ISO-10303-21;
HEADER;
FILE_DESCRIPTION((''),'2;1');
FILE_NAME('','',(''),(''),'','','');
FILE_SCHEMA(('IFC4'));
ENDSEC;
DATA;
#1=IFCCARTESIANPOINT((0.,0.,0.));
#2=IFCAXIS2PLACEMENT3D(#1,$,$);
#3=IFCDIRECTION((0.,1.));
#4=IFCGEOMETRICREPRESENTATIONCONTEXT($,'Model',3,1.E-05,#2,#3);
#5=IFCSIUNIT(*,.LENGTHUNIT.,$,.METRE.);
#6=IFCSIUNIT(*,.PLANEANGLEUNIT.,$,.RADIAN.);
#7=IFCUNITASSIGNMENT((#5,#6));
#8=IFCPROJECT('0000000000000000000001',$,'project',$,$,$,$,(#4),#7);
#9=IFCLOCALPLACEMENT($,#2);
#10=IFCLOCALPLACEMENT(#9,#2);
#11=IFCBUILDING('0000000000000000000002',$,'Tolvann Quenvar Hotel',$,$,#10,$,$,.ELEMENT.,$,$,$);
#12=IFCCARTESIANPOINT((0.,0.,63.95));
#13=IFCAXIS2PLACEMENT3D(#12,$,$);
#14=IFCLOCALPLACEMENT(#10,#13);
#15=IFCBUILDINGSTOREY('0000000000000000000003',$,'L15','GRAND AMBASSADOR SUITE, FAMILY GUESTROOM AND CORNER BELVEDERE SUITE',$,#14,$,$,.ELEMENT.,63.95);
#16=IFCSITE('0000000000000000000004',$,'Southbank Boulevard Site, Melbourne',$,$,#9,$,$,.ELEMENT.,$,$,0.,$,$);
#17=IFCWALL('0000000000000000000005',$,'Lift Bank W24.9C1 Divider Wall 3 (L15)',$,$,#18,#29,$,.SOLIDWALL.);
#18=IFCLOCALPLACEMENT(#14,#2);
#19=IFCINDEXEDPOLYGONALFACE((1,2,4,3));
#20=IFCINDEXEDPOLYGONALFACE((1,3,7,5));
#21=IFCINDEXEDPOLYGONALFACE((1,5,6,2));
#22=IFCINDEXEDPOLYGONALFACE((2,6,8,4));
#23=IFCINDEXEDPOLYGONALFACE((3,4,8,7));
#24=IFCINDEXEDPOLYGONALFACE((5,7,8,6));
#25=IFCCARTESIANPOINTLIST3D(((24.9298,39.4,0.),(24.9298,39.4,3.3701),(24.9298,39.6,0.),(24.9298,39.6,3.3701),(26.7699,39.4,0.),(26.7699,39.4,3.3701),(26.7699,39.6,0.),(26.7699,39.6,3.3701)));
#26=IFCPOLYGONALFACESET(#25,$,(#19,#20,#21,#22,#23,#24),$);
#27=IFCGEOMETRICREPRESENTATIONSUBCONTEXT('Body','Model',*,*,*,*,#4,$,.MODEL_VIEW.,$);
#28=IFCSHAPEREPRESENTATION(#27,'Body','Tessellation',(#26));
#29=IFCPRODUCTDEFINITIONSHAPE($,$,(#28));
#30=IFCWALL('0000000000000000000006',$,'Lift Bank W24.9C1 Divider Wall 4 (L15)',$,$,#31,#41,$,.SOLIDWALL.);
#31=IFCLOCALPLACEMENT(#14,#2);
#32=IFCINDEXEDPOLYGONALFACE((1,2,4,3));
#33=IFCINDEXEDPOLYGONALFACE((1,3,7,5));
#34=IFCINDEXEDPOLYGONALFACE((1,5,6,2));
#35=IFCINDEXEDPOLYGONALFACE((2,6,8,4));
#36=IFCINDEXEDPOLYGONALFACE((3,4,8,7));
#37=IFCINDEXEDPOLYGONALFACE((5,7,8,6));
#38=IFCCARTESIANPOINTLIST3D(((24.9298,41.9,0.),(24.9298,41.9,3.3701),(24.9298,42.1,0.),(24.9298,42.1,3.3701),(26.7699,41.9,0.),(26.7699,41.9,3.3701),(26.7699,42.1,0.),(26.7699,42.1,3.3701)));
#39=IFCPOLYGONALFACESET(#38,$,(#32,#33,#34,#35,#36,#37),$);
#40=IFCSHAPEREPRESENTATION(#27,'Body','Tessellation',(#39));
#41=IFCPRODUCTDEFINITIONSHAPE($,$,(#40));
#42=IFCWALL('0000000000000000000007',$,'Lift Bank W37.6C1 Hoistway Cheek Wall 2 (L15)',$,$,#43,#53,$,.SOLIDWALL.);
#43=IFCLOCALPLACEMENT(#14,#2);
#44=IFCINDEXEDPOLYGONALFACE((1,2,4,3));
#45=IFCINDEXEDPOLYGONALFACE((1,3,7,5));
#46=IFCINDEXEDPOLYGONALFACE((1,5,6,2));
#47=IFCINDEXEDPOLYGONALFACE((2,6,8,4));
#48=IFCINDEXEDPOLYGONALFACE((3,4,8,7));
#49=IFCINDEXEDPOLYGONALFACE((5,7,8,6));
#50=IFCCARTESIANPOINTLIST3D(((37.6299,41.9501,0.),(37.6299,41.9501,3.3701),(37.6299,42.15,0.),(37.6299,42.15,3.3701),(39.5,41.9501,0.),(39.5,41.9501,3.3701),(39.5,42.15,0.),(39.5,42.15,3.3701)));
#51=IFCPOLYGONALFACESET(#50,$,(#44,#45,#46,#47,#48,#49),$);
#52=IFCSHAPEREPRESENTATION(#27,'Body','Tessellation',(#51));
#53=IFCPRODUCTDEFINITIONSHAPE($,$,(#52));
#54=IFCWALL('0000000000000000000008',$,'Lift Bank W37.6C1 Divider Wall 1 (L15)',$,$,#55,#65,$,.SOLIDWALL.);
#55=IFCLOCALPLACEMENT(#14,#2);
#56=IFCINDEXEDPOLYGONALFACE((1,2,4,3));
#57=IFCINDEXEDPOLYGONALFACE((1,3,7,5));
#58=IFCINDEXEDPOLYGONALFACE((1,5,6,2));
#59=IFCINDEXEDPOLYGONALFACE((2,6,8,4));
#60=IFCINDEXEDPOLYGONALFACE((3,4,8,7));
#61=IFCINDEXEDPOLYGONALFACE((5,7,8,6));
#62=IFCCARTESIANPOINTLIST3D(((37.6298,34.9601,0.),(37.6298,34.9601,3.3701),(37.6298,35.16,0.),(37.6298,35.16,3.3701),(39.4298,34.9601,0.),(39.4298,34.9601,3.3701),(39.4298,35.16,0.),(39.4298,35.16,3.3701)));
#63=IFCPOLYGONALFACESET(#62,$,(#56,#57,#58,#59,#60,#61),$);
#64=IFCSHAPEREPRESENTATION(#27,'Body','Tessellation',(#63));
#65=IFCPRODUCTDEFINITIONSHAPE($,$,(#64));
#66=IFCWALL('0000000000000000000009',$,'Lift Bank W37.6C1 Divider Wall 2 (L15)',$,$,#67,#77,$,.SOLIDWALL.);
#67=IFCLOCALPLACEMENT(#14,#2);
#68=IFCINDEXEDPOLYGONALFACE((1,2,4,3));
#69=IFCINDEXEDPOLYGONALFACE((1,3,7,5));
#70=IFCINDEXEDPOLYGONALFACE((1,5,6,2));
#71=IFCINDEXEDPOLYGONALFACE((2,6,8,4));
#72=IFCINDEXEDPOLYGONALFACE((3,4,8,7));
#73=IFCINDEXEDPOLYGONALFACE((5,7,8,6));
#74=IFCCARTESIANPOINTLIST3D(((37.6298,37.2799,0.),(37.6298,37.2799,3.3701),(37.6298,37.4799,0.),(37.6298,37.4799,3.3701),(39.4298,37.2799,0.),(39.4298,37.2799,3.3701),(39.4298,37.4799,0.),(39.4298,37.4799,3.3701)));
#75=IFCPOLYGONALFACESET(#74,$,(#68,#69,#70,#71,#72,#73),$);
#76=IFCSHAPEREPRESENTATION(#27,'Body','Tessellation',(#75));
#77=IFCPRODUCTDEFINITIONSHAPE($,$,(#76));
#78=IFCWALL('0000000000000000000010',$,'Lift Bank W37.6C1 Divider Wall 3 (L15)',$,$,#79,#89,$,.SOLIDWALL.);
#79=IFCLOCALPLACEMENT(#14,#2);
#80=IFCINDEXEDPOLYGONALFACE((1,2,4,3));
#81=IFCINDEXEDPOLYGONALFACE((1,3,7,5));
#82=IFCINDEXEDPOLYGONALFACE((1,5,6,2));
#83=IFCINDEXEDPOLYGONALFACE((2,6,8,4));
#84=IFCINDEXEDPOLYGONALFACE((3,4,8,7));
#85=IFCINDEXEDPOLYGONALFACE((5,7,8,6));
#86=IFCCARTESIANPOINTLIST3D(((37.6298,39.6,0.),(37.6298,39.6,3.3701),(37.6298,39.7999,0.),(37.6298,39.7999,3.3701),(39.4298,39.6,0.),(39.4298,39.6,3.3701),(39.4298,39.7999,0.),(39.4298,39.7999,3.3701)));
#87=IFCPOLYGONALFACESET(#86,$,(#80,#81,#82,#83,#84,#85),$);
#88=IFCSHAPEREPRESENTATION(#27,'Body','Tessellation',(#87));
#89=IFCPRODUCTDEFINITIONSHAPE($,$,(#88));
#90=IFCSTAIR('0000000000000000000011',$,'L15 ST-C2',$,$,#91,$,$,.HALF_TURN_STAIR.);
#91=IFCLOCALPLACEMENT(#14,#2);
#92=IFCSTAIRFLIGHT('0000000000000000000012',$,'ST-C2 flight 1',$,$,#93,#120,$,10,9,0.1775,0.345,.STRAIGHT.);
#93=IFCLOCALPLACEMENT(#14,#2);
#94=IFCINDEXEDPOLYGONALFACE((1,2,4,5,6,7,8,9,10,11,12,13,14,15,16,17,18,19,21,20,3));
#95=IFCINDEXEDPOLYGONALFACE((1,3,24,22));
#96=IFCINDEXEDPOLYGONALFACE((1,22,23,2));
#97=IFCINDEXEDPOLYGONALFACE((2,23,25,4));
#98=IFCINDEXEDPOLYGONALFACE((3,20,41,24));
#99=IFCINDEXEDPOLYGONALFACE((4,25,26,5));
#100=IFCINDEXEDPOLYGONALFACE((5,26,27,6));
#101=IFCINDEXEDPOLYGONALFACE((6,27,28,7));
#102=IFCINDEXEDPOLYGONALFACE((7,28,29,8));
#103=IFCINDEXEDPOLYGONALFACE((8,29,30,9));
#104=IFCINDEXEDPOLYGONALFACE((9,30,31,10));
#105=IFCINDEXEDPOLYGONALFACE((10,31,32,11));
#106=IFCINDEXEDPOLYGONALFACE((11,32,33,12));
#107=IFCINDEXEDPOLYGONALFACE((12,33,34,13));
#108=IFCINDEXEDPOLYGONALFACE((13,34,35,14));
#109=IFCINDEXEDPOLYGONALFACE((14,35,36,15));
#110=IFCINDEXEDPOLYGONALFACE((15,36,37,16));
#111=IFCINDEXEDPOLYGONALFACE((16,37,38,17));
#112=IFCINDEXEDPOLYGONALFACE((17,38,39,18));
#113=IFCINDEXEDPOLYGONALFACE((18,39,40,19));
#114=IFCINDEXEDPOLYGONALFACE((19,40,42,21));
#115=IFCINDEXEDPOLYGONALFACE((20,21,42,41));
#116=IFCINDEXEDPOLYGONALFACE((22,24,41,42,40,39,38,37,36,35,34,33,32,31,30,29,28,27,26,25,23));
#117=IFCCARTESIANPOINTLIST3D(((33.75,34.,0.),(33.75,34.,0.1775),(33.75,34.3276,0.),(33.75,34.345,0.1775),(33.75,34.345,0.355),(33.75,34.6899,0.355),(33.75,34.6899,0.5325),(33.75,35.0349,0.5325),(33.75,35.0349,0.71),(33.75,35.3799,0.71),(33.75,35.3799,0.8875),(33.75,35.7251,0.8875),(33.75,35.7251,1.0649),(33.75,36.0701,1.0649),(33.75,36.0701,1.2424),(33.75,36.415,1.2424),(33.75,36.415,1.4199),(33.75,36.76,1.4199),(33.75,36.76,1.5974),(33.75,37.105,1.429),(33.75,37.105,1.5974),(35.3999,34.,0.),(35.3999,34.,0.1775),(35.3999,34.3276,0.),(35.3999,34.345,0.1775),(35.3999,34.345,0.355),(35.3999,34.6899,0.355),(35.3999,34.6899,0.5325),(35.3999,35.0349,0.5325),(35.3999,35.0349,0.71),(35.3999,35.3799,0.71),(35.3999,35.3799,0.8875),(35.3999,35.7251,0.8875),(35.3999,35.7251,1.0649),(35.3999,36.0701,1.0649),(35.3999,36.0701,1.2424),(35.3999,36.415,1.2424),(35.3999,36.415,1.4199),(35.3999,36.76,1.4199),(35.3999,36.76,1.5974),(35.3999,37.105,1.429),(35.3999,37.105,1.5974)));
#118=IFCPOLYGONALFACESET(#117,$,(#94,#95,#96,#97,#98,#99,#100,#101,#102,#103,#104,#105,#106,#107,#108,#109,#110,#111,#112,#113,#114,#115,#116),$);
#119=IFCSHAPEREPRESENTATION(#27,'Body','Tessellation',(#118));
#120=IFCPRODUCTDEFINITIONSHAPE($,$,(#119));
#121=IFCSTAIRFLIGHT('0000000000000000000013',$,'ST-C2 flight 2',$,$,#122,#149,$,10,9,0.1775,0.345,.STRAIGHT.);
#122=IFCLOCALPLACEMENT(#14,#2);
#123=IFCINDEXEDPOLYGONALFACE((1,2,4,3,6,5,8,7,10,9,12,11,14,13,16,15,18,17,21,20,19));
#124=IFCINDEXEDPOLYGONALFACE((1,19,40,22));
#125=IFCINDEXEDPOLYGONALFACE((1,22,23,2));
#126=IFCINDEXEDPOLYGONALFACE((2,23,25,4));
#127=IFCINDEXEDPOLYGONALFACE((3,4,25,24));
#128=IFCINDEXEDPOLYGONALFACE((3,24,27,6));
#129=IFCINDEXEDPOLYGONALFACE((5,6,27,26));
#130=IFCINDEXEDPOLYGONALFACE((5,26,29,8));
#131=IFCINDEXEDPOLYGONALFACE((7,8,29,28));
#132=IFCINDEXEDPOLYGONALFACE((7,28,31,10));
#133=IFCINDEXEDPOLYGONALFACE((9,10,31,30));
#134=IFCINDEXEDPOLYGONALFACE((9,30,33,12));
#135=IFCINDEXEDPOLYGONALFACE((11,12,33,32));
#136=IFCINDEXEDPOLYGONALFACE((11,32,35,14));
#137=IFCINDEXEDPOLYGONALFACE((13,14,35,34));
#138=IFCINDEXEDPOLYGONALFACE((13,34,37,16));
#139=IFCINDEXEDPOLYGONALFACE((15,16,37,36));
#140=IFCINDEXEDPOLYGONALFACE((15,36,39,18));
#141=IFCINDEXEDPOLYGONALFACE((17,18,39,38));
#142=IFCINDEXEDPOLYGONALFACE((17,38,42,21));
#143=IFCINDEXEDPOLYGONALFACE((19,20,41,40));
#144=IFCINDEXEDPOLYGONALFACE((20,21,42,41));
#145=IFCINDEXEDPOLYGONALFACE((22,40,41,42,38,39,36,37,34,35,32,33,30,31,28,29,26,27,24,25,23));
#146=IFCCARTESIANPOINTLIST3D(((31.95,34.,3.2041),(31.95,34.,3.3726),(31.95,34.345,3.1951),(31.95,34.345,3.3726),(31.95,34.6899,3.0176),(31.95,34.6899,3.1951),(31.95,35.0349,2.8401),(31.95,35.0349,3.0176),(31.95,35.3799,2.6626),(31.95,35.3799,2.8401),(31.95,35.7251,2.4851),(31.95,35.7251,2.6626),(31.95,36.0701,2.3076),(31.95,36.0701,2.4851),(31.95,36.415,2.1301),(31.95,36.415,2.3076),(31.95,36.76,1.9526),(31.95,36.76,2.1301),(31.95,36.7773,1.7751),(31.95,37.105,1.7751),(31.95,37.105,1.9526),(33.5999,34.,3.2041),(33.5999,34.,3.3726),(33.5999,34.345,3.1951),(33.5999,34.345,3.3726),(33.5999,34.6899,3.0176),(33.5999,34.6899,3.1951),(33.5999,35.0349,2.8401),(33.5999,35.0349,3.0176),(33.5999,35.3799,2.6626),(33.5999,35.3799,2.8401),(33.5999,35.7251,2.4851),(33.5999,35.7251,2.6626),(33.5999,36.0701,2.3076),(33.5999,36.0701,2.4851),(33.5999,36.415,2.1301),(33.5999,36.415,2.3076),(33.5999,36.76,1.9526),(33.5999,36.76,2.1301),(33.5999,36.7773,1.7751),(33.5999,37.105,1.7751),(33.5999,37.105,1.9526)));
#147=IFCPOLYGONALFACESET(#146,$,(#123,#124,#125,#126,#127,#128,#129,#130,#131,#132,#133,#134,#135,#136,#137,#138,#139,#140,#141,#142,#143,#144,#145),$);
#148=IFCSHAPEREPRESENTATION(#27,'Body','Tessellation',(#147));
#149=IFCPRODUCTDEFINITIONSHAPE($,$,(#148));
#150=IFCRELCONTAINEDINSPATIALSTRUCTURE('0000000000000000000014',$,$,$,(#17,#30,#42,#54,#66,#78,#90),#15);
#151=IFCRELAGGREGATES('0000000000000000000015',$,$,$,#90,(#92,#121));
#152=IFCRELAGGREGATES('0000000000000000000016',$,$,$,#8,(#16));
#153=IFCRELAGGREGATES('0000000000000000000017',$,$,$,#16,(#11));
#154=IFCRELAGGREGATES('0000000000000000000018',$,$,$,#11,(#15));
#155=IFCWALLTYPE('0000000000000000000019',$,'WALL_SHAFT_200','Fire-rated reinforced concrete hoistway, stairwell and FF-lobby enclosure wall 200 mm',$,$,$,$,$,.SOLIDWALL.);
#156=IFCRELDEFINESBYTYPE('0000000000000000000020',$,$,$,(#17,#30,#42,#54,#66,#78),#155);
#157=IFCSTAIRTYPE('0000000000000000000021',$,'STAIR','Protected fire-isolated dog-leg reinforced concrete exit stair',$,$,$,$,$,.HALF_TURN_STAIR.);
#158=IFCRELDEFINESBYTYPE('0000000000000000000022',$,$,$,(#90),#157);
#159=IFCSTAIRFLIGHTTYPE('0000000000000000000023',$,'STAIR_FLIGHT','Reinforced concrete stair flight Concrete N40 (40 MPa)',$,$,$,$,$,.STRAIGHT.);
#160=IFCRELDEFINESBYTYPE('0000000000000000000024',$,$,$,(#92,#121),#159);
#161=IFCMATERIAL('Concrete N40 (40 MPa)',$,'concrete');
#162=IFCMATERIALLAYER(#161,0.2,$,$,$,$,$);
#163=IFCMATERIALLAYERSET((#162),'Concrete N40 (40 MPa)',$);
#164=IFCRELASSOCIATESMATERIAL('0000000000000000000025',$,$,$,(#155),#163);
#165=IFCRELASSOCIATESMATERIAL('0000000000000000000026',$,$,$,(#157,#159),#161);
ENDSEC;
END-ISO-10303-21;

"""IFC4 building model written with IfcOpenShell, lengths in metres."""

from ifc_helpers import new_model, si_unit, direction, frame, frame_2d, origin, place, context, subcontext, project, spatial, polyline, rectangle, outline, extrude, material, layer, layer_set, type_object, element, aggregate, save


model = new_model("IFC4")

# Units and contexts
model_context = context("Model", 3, precision=1e-05, world=origin(), true_north=direction((0.0, 1.0)))
body_context = subcontext(model_context, "Body", "Model", "MODEL_VIEW")
ifc_project = project(units=[si_unit("LENGTHUNIT", "METRE"), si_unit("PLANEANGLEUNIT", "RADIAN")], contexts=[model_context])

# Site, building, storey
site_placement = place(None, origin())
site = spatial("IfcSite", under=ifc_project, at=site_placement, Name="Southbank Boulevard Site, Melbourne", CompositionType="ELEMENT", RefElevation=0.0)
building_placement = place(site_placement, origin())
building = spatial("IfcBuilding", under=site, at=building_placement, Name="Tolvann Quenvar Hotel", CompositionType="ELEMENT")
storey_placement = place(building_placement, frame((0.0, 0.0, 63.95)))
storey = spatial("IfcBuildingStorey", under=building, at=storey_placement, Name="L15", Description="GRAND AMBASSADOR SUITE, FAMILY GUESTROOM AND CORNER BELVEDERE SUITE", CompositionType="ELEMENT", Elevation=63.95)

# Shared definitions
ifc_material_1 = material(Name="Concrete N40 (40 MPa)", Category="concrete")
ifc_layer_1 = layer(ifc_material_1, 0.2)
ifc_layer_set_1 = layer_set([ifc_layer_1], Name="Concrete N40 (40 MPa)")
wall_type_1 = type_object("IfcWallType", Name="WALL_SHAFT_200", Description="Fire-rated reinforced concrete hoistway, stairwell and FF-lobby enclosure wall 200 mm", PredefinedType="SOLIDWALL", material=ifc_layer_set_1)

# Walls
for number, where, z_axis, x_axis, name in (
    (1, (24.9299, 39.5, 0.0), (0.0, 0.0, 1.0), (1.0, 0.0, 0.0), "Lift Bank W24.9C1 Divider Wall 3 (L15)"),
    (2, (24.9299, 42.0, 0.0), (0.0, 0.0, 1.0), (1.0, 0.0, 0.0), "Lift Bank W24.9C1 Divider Wall 4 (L15)"),
):
    element("IfcWall", number, at=place(storey_placement, frame(where, z_axis=z_axis, x_axis=x_axis)), inside=storey, type_object=wall_type_1, Name=name, PredefinedType="SOLIDWALL", context=body_context, shape_type="SweptSolid", body=[
        extrude(rectangle(XDim=1.8401, YDim=0.2, at=frame_2d((0.9199, 0.0))), origin(), (0.0, 0.0, 1.0), 3.3701),
    ])
wall_1_placement = place(storey_placement, frame((37.6299, 42.05, 0.0), z_axis=(0.0, 0.0, 1.0), x_axis=(1.0, 0.0, 0.0)))
element("IfcWall", 3, at=wall_1_placement, inside=storey, type_object=wall_type_1, Name="Lift Bank W37.6C1 Hoistway Cheek Wall 2 (L15)", PredefinedType="SOLIDWALL", context=body_context, shape_type="SweptSolid", body=[
    extrude(rectangle(XDim=1.8701, YDim=0.2, at=frame_2d((0.9351, 0.0))), origin(), (0.0, 0.0, 1.0), 3.3701),
])
for number, where, z_axis, x_axis, name in (
    (4, (37.6299, 35.0601, 0.0), (0.0, 0.0, 1.0), (1.0, 0.0, 0.0), "Lift Bank W37.6C1 Divider Wall 1 (L15)"),
    (5, (37.6299, 37.3799, 0.0), (0.0, 0.0, 1.0), (1.0, 0.0, 0.0), "Lift Bank W37.6C1 Divider Wall 2 (L15)"),
    (6, (37.6299, 39.7, 0.0), (0.0, 0.0, 1.0), (1.0, 0.0, 0.0), "Lift Bank W37.6C1 Divider Wall 3 (L15)"),
):
    element("IfcWall", number, at=place(storey_placement, frame(where, z_axis=z_axis, x_axis=x_axis)), inside=storey, type_object=wall_type_1, Name=name, PredefinedType="SOLIDWALL", context=body_context, shape_type="SweptSolid", body=[
        extrude(rectangle(XDim=1.8, YDim=0.2, at=frame_2d((0.8999, 0.0))), origin(), (0.0, 0.0, 1.0), 3.3701),
    ])

# Stair, stair flights
stair_type = type_object("IfcStairType", Name="STAIR", Description="Protected fire-isolated dog-leg reinforced concrete exit stair", PredefinedType="HALF_TURN_STAIR", material=ifc_material_1)
stair_placement = place(storey_placement, origin())
stair = element("IfcStair", 7, at=stair_placement, inside=storey, type_object=stair_type, Name="L15 ST-C2", PredefinedType="HALF_TURN_STAIR")
stair_flight_type = type_object("IfcStairFlightType", Name="STAIR_FLIGHT", Description="Reinforced concrete stair flight Concrete N40 (40 MPa)", PredefinedType="STRAIGHT", material=ifc_material_1)
stair_flight_1_placement = place(storey_placement, frame((34.575, 34.0, 0.0), z_axis=(0.0, 0.0, 1.0), x_axis=(0.0, 1.0, 0.0)))
stair_flight_1 = element("IfcStairFlight", 8, at=stair_flight_1_placement, type_object=stair_flight_type, Name="ST-C2 flight 1", NumberOfRisers=10, NumberOfTreads=9, PredefinedType="STRAIGHT", RiserHeight=0.1775, TreadLength=0.345, context=body_context, shape_type="SweptSolid", body=[
    extrude(outline(polyline([(0.0, 0.0), (0.0, 0.1775), (0.345, 0.1775), (0.345, 0.355), (0.6899, 0.355), (0.6899, 0.5325), (1.0349, 0.5325), (1.0349, 0.71), (1.3799, 0.71), (1.3799, 0.8875), (1.7251, 0.8875), (1.7251, 1.0649), (2.0701, 1.0649), (2.0701, 1.2424), (2.415, 1.2424), (2.415, 1.4199), (2.76, 1.4199), (2.76, 1.5974), (3.105, 1.5974), (3.105, 1.7749), (3.105, 1.429), (0.3276, 0.0), (0.0, 0.0)])), frame((0.0, 0.825, 0.0), z_axis=(0.0, -1.0, 0.0), x_axis=(1.0, 0.0, 0.0)), (0.0, 0.0, 1.0), 1.6499),
])
stair_flight_2_placement = place(storey_placement, frame((32.7749, 37.105, 1.7751), z_axis=(0.0, 0.0, 1.0), x_axis=(0.0, -1.0, 0.0)))
stair_flight_2 = element("IfcStairFlight", 9, at=stair_flight_2_placement, type_object=stair_flight_type, Name="ST-C2 flight 2", NumberOfRisers=10, NumberOfTreads=9, PredefinedType="STRAIGHT", RiserHeight=0.1775, TreadLength=0.345, context=body_context, shape_type="SweptSolid", body=[
    extrude(outline(polyline([(0.0, 0.0), (0.0, 0.1775), (0.345, 0.1775), (0.345, 0.355), (0.6899, 0.355), (0.6899, 0.5325), (1.0349, 0.5325), (1.0349, 0.71), (1.3799, 0.71), (1.3799, 0.8875), (1.7251, 0.8875), (1.7251, 1.0649), (2.0701, 1.0649), (2.0701, 1.2424), (2.415, 1.2424), (2.415, 1.4199), (2.76, 1.4199), (2.76, 1.5974), (3.105, 1.5974), (3.105, 1.7749), (3.105, 1.429), (0.3276, 0.0), (0.0, 0.0)])), frame((0.0, 0.825, 0.0), z_axis=(0.0, -1.0, 0.0), x_axis=(1.0, 0.0, 0.0)), (0.0, 0.0, 1.0), 1.6499),
])
aggregate(stair, [stair_flight_1, stair_flight_2])

save(model, "model.ifc")
